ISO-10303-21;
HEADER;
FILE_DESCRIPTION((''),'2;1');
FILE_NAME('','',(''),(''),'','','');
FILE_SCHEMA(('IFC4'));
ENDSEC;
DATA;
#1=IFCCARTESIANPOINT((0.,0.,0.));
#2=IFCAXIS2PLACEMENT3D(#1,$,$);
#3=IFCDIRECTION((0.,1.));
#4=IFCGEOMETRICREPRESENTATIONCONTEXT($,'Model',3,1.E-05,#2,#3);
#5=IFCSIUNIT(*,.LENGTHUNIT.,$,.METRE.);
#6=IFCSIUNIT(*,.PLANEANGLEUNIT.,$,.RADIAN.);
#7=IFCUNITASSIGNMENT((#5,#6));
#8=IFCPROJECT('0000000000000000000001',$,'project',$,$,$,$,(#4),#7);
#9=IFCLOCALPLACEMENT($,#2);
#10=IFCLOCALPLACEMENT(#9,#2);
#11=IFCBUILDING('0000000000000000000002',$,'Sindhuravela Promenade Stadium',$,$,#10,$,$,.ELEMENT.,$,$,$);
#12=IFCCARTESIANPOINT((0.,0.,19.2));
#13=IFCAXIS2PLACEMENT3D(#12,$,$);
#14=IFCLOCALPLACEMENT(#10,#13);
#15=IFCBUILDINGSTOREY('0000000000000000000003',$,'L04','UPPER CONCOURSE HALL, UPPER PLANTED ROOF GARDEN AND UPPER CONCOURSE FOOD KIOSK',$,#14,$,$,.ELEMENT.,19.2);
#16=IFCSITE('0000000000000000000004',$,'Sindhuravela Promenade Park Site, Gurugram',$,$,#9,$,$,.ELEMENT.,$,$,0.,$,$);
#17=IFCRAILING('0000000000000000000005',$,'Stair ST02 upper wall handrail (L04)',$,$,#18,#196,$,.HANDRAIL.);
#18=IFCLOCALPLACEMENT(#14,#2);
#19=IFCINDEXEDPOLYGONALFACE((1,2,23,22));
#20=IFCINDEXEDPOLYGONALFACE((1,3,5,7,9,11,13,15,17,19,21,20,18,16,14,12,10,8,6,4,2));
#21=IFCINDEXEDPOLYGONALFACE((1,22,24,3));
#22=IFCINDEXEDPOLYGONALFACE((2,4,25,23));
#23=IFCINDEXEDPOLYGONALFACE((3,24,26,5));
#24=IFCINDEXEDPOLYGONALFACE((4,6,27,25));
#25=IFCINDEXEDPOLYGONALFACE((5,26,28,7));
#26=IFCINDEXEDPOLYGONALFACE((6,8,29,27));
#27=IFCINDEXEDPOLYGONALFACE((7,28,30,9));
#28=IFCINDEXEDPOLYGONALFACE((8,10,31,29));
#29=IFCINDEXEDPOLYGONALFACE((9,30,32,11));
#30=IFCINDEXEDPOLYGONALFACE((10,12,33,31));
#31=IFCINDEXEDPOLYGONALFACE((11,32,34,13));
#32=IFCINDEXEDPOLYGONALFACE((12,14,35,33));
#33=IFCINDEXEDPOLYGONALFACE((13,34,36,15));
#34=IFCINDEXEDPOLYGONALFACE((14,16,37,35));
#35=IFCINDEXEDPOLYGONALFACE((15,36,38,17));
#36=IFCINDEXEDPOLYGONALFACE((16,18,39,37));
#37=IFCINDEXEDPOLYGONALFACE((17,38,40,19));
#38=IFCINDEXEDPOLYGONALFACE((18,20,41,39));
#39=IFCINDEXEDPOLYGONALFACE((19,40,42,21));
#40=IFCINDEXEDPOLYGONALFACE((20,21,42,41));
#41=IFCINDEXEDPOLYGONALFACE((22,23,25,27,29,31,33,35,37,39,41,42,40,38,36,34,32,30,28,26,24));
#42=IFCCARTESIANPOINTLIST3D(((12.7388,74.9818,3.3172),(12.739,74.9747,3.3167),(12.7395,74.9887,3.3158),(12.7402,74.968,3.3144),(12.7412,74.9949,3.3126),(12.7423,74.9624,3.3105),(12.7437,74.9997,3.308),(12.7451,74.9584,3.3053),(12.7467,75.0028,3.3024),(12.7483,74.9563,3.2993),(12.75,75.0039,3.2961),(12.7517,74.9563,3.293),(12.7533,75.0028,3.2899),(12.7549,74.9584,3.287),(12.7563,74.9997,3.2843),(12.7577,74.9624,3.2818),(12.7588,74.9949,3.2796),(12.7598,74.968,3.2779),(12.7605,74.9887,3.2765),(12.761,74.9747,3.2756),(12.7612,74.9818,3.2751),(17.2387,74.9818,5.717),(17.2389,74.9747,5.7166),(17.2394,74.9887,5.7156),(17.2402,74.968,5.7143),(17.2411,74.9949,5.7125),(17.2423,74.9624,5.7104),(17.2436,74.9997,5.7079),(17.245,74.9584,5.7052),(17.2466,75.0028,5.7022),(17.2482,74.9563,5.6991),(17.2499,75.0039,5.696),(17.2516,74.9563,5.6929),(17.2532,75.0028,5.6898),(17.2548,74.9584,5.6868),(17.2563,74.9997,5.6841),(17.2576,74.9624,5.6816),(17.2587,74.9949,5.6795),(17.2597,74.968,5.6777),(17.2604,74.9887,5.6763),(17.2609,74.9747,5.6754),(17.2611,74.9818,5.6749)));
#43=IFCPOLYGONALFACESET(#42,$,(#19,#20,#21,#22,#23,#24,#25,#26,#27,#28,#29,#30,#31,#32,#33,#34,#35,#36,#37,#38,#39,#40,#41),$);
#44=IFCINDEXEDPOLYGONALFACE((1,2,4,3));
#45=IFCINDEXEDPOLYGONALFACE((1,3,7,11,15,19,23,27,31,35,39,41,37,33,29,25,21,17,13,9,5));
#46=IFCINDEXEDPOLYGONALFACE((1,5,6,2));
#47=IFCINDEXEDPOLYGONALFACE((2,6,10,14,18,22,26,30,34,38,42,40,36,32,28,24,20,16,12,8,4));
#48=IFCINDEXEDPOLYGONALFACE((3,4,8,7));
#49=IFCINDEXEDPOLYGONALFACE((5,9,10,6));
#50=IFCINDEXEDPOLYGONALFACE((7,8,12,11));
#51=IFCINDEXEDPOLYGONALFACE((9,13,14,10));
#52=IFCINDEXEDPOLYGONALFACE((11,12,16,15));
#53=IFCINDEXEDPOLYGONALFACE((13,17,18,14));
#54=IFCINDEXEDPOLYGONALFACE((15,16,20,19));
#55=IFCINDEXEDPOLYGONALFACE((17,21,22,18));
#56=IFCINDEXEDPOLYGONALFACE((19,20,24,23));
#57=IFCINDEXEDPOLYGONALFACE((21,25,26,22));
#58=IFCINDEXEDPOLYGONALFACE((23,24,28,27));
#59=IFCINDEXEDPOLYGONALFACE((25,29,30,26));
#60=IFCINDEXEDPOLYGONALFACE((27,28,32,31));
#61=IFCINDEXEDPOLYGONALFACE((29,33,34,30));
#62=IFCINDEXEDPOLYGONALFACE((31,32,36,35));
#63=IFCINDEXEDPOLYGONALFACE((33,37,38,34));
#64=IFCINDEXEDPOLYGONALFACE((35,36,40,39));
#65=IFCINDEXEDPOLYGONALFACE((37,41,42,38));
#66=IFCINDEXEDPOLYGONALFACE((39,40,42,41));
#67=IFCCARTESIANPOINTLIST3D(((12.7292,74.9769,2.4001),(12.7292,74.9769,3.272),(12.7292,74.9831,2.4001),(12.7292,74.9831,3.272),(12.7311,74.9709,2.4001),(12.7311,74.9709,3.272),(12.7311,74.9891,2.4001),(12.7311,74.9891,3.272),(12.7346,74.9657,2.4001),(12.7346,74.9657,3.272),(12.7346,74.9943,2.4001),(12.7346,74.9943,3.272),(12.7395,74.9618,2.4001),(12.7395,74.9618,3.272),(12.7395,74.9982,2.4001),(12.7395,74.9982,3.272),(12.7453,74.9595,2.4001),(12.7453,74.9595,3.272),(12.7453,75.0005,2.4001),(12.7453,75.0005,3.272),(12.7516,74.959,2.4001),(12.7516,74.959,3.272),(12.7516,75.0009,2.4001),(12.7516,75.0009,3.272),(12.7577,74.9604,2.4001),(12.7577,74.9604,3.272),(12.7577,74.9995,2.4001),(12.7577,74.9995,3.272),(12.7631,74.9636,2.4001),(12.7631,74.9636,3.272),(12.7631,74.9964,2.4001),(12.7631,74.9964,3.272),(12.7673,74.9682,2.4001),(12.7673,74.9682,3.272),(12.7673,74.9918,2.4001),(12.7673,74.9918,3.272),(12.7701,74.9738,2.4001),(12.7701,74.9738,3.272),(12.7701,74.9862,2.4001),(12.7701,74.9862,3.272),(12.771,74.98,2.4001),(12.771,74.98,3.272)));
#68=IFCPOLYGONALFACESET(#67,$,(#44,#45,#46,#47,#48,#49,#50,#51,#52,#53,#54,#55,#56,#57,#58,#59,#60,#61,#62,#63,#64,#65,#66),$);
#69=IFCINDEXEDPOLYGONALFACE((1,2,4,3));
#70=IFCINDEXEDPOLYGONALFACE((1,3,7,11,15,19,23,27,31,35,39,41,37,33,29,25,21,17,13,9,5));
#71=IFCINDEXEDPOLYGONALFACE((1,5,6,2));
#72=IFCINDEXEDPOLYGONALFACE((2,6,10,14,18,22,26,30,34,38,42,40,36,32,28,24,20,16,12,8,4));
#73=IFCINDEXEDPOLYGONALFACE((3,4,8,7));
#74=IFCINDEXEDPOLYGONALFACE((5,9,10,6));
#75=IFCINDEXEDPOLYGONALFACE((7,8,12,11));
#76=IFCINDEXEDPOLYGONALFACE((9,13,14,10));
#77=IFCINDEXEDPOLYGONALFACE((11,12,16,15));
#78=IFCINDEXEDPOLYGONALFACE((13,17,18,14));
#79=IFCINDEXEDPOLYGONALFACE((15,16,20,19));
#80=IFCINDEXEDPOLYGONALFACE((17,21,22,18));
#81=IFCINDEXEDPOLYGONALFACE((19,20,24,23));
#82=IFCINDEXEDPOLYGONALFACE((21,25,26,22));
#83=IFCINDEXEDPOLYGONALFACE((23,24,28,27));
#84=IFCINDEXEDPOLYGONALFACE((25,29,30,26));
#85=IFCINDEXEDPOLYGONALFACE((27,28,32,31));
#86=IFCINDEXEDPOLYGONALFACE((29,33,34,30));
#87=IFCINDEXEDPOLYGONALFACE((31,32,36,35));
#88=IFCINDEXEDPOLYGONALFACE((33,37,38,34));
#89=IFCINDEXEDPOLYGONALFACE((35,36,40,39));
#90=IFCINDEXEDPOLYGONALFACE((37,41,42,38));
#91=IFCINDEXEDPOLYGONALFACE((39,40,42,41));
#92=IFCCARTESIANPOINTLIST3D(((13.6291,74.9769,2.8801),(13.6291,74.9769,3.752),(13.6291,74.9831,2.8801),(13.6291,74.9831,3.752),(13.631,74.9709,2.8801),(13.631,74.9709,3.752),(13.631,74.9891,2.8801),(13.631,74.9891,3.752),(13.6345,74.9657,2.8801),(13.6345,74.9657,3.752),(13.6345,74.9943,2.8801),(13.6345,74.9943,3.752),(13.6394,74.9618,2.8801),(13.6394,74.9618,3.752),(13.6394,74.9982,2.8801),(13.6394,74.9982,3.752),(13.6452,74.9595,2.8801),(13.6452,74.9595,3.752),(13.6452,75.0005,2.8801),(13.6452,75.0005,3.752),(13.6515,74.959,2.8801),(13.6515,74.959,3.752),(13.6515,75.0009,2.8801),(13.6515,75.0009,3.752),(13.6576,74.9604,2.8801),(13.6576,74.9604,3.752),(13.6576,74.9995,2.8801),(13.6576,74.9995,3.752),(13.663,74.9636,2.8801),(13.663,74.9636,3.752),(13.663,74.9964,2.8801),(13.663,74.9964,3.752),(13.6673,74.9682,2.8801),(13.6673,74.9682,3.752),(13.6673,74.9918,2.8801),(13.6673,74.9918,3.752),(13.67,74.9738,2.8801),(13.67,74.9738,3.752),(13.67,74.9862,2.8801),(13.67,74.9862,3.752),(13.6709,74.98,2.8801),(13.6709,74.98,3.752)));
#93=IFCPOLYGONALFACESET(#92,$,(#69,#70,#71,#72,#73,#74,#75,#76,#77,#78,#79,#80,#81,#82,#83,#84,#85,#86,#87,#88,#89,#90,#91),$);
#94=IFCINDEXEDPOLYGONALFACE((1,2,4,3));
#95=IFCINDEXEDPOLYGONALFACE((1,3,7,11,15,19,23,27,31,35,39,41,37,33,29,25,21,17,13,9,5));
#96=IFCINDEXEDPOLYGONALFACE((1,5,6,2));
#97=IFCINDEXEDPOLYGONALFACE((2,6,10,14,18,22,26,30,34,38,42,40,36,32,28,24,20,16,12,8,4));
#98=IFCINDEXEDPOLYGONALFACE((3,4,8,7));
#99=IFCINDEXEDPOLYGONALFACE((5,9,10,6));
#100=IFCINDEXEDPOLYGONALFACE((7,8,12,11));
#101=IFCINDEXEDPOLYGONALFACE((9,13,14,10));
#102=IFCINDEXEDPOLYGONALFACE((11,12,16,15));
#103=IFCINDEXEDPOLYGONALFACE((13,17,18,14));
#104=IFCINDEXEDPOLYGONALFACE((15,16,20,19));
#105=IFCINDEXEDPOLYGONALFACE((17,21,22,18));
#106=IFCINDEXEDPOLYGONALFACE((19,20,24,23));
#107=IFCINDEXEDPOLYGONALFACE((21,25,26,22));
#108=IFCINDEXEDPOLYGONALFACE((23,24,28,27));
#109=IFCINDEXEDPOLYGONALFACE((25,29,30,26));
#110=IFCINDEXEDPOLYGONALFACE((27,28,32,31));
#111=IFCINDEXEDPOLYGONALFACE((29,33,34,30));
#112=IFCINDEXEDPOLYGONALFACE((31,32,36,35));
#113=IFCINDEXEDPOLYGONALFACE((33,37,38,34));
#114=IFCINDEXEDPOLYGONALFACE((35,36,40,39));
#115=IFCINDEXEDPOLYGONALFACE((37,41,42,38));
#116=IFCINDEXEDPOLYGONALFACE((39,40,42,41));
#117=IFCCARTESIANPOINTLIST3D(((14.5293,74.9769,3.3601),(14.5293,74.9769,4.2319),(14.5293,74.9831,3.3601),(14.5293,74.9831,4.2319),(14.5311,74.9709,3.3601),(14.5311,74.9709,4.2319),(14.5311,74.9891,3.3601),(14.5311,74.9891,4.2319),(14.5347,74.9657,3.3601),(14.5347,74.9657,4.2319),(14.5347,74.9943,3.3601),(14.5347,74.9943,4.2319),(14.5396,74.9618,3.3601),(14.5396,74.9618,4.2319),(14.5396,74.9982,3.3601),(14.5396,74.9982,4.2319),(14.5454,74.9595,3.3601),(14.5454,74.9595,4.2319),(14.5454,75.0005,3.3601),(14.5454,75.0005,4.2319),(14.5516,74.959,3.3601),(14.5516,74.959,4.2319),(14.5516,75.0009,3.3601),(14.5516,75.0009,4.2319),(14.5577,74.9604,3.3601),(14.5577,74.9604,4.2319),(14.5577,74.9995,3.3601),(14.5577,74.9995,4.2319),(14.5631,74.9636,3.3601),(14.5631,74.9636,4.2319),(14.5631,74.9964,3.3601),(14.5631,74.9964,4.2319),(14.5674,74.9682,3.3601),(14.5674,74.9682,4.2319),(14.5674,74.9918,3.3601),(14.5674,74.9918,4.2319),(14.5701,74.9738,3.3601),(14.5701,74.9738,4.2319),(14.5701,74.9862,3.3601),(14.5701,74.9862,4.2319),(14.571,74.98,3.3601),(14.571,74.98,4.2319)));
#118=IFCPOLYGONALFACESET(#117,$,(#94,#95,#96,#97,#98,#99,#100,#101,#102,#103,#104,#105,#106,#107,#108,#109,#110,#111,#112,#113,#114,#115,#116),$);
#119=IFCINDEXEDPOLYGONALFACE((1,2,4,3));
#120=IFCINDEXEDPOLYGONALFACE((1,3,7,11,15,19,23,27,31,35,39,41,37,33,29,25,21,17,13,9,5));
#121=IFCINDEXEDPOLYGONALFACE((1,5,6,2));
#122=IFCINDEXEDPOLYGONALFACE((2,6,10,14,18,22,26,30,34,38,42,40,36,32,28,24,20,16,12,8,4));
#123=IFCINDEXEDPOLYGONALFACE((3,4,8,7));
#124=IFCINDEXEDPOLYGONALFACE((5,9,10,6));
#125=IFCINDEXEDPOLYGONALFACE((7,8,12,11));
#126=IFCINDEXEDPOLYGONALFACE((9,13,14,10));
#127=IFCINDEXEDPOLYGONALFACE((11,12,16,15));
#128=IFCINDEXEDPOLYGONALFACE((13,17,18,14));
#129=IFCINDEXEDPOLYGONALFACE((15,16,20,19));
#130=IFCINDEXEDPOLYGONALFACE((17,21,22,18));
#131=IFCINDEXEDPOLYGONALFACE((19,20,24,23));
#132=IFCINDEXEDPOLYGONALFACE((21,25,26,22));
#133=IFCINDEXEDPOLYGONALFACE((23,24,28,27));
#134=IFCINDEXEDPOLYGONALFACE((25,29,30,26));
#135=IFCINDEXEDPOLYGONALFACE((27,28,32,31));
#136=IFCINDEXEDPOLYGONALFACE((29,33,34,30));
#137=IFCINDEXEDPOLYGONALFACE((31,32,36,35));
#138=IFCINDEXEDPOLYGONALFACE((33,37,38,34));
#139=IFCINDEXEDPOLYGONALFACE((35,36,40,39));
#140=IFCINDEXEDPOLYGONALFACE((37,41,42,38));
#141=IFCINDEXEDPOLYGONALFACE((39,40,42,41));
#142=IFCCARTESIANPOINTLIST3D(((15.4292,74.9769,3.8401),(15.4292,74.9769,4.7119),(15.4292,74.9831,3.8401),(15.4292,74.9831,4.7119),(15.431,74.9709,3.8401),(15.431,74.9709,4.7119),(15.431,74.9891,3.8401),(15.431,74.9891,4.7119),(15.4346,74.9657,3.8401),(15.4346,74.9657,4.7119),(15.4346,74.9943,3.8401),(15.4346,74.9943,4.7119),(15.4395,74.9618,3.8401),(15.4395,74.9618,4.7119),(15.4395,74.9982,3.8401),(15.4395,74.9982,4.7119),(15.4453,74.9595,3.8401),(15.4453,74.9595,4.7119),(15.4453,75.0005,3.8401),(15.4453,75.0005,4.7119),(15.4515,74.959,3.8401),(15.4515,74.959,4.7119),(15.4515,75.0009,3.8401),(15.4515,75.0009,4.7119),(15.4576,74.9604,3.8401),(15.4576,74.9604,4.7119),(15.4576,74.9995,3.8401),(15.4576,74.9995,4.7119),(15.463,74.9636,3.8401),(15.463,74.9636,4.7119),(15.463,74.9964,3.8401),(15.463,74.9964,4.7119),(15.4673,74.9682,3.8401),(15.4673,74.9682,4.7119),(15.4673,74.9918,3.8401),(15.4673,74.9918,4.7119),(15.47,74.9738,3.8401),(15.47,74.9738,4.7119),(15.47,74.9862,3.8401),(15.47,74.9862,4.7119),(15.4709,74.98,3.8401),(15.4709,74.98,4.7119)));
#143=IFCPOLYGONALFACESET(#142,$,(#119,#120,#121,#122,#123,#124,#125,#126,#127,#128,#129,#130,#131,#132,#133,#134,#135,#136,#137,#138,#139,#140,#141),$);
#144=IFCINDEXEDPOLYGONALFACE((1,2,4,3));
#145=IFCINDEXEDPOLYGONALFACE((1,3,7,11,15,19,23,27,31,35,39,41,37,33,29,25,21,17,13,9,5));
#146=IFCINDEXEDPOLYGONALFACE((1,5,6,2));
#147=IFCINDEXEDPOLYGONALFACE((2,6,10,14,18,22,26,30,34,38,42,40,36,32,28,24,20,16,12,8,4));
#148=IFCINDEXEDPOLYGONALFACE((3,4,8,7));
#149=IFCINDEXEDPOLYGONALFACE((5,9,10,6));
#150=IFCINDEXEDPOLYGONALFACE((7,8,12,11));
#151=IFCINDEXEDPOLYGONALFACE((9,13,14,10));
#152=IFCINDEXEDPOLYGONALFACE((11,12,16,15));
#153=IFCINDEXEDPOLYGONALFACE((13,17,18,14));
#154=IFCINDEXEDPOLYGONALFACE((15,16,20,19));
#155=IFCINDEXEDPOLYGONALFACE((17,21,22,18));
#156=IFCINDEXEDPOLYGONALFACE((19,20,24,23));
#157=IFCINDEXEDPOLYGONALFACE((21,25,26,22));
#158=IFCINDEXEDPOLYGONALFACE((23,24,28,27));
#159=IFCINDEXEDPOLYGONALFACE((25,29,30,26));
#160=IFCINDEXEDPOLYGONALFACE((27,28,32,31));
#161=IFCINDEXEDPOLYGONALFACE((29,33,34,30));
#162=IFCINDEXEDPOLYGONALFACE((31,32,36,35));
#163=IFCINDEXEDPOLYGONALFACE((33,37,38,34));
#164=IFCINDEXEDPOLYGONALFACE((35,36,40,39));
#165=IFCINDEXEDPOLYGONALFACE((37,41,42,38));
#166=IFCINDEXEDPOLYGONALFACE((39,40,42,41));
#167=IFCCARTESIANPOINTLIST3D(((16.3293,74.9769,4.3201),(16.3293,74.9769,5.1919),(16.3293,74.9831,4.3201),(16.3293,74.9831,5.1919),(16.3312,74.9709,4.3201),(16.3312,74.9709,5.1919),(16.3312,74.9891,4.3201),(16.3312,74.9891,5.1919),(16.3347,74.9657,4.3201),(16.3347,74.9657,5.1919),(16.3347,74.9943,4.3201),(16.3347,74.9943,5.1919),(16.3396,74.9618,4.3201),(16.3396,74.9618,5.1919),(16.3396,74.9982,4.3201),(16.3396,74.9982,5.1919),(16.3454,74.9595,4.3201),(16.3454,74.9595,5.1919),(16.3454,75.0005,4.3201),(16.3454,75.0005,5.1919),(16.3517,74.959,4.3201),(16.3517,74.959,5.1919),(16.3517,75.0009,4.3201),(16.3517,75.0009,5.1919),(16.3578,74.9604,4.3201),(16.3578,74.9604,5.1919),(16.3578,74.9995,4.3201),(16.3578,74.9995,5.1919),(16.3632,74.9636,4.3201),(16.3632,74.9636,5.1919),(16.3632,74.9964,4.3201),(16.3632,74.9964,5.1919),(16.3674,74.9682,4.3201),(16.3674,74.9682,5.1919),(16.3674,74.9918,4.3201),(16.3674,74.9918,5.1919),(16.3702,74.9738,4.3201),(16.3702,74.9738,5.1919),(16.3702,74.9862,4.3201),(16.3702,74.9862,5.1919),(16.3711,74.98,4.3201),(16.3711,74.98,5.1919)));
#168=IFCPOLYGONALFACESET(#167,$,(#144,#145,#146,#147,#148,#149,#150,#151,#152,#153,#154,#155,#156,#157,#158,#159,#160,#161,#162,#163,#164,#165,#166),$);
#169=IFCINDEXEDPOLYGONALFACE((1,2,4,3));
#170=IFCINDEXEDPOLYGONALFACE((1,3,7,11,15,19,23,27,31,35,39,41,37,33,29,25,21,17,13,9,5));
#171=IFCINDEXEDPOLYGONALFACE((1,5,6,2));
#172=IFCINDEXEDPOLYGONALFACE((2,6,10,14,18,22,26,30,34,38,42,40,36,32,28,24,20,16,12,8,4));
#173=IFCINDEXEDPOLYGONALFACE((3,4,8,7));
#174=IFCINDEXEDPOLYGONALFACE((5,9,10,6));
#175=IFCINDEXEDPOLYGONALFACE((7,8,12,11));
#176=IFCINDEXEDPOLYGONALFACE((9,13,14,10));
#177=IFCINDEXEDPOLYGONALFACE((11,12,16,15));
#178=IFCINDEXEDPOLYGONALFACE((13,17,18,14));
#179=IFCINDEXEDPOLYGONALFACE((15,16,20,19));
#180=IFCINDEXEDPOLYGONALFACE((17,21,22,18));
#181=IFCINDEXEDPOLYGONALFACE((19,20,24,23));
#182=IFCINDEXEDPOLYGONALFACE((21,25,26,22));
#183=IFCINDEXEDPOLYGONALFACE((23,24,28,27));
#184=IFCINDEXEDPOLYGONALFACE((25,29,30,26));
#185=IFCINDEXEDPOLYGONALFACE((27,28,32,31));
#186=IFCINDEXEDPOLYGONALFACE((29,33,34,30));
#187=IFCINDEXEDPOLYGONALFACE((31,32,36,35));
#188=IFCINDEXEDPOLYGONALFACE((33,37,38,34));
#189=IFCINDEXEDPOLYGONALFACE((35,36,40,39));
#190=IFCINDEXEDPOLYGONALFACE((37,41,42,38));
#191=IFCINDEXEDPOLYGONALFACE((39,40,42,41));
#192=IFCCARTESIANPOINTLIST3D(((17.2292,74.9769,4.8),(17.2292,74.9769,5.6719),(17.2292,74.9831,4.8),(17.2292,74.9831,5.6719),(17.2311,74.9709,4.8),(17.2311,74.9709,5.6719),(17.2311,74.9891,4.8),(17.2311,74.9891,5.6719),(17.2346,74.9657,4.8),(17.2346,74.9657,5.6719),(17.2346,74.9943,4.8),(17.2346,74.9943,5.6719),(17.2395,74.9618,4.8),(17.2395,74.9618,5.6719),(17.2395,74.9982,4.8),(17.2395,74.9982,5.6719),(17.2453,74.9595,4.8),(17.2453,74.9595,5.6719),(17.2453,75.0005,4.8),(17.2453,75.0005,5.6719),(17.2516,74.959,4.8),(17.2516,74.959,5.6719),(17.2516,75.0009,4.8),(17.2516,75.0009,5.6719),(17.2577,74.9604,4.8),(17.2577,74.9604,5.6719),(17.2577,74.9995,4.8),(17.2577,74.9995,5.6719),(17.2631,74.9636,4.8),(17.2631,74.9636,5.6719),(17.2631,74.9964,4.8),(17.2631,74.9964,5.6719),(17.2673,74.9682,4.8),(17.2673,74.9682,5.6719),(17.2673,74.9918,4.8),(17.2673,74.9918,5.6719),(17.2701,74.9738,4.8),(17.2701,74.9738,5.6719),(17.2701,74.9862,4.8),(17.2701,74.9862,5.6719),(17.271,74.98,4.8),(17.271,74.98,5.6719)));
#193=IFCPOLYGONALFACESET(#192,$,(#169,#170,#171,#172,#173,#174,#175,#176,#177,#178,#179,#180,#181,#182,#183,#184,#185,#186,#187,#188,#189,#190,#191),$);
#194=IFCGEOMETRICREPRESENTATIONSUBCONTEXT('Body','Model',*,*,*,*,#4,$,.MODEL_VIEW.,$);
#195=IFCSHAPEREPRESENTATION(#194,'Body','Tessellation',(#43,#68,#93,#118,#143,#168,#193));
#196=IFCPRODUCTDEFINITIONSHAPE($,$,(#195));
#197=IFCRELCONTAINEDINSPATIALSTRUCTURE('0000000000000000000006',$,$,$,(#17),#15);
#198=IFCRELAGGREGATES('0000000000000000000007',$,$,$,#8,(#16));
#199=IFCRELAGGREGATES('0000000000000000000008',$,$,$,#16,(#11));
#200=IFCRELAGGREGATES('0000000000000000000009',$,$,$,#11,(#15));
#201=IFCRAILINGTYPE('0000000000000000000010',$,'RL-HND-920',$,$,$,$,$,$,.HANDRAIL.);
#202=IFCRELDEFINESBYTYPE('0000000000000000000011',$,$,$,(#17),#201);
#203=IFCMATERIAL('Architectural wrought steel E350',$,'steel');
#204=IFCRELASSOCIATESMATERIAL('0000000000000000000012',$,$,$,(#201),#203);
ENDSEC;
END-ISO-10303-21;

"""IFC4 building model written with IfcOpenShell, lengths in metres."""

from ifc_helpers import new_model, si_unit, direction, frame, origin, origin_2d, place, context, subcontext, project, spatial, circle, extrude, material, type_object, element, save


model = new_model("IFC4")

# Units and contexts
model_context = context("Model", 3, precision=1e-05, world=origin(), true_north=direction((0.0, 1.0)))
body_context = subcontext(model_context, "Body", "Model", "MODEL_VIEW")
ifc_project = project(units=[si_unit("LENGTHUNIT", "METRE"), si_unit("PLANEANGLEUNIT", "RADIAN")], contexts=[model_context])

# Site, building, storey
site_placement = place(None, origin())
site = spatial("IfcSite", under=ifc_project, at=site_placement, Name="Sindhuravela Promenade Park Site, Gurugram", CompositionType="ELEMENT", RefElevation=0.0)
building_placement = place(site_placement, origin())
building = spatial("IfcBuilding", under=site, at=building_placement, Name="Sindhuravela Promenade Stadium", CompositionType="ELEMENT")
storey_placement = place(building_placement, frame((0.0, 0.0, 19.2)))
storey = spatial("IfcBuildingStorey", under=building, at=storey_placement, Name="L04", Description="UPPER CONCOURSE HALL, UPPER PLANTED ROOF GARDEN AND UPPER CONCOURSE FOOD KIOSK", CompositionType="ELEMENT", Elevation=19.2)

# Railing
ifc_material_1 = material(Name="Architectural wrought steel E350", Category="steel")
railing_type = type_object("IfcRailingType", Name="RL-HND-920", PredefinedType="HANDRAIL", material=ifc_material_1)
railing_placement = place(storey_placement, frame((12.75, 74.98, 2.4001)))
element("IfcRailing", 1, at=railing_placement, inside=storey, type_object=railing_type, Name="Stair ST02 upper wall handrail (L04)", PredefinedType="HANDRAIL", context=body_context, shape_type="SweptSolid", body=[
    extrude(circle(Radius=0.0239, at=origin_2d()), frame((0.0, 0.0, 0.896), z_axis=(0.882361, 0.0, 0.470573), x_axis=(0.0, 1.0, 0.0)), (0.0, 0.0, 1.0), 5.0999),
    extrude(circle(Radius=0.021, at=origin_2d()), origin(), (0.0, 0.0, 1.0), 0.8718),
    extrude(circle(Radius=0.021, at=origin_2d()), frame((0.8999, 0.0, 0.48)), (0.0, 0.0, 1.0), 0.8718),
    extrude(circle(Radius=0.021, at=origin_2d()), frame((1.8, 0.0, 0.96)), (0.0, 0.0, 1.0), 0.8718),
    extrude(circle(Radius=0.021, at=origin_2d()), frame((2.7, 0.0, 1.4399)), (0.0, 0.0, 1.0), 0.8718),
    extrude(circle(Radius=0.021, at=origin_2d()), frame((3.6001, 0.0, 1.9199)), (0.0, 0.0, 1.0), 0.8718),
    extrude(circle(Radius=0.021, at=origin_2d()), frame((4.5, 0.0, 2.3999)), (0.0, 0.0, 1.0), 0.8718),
])

save(model, "model.ifc")
